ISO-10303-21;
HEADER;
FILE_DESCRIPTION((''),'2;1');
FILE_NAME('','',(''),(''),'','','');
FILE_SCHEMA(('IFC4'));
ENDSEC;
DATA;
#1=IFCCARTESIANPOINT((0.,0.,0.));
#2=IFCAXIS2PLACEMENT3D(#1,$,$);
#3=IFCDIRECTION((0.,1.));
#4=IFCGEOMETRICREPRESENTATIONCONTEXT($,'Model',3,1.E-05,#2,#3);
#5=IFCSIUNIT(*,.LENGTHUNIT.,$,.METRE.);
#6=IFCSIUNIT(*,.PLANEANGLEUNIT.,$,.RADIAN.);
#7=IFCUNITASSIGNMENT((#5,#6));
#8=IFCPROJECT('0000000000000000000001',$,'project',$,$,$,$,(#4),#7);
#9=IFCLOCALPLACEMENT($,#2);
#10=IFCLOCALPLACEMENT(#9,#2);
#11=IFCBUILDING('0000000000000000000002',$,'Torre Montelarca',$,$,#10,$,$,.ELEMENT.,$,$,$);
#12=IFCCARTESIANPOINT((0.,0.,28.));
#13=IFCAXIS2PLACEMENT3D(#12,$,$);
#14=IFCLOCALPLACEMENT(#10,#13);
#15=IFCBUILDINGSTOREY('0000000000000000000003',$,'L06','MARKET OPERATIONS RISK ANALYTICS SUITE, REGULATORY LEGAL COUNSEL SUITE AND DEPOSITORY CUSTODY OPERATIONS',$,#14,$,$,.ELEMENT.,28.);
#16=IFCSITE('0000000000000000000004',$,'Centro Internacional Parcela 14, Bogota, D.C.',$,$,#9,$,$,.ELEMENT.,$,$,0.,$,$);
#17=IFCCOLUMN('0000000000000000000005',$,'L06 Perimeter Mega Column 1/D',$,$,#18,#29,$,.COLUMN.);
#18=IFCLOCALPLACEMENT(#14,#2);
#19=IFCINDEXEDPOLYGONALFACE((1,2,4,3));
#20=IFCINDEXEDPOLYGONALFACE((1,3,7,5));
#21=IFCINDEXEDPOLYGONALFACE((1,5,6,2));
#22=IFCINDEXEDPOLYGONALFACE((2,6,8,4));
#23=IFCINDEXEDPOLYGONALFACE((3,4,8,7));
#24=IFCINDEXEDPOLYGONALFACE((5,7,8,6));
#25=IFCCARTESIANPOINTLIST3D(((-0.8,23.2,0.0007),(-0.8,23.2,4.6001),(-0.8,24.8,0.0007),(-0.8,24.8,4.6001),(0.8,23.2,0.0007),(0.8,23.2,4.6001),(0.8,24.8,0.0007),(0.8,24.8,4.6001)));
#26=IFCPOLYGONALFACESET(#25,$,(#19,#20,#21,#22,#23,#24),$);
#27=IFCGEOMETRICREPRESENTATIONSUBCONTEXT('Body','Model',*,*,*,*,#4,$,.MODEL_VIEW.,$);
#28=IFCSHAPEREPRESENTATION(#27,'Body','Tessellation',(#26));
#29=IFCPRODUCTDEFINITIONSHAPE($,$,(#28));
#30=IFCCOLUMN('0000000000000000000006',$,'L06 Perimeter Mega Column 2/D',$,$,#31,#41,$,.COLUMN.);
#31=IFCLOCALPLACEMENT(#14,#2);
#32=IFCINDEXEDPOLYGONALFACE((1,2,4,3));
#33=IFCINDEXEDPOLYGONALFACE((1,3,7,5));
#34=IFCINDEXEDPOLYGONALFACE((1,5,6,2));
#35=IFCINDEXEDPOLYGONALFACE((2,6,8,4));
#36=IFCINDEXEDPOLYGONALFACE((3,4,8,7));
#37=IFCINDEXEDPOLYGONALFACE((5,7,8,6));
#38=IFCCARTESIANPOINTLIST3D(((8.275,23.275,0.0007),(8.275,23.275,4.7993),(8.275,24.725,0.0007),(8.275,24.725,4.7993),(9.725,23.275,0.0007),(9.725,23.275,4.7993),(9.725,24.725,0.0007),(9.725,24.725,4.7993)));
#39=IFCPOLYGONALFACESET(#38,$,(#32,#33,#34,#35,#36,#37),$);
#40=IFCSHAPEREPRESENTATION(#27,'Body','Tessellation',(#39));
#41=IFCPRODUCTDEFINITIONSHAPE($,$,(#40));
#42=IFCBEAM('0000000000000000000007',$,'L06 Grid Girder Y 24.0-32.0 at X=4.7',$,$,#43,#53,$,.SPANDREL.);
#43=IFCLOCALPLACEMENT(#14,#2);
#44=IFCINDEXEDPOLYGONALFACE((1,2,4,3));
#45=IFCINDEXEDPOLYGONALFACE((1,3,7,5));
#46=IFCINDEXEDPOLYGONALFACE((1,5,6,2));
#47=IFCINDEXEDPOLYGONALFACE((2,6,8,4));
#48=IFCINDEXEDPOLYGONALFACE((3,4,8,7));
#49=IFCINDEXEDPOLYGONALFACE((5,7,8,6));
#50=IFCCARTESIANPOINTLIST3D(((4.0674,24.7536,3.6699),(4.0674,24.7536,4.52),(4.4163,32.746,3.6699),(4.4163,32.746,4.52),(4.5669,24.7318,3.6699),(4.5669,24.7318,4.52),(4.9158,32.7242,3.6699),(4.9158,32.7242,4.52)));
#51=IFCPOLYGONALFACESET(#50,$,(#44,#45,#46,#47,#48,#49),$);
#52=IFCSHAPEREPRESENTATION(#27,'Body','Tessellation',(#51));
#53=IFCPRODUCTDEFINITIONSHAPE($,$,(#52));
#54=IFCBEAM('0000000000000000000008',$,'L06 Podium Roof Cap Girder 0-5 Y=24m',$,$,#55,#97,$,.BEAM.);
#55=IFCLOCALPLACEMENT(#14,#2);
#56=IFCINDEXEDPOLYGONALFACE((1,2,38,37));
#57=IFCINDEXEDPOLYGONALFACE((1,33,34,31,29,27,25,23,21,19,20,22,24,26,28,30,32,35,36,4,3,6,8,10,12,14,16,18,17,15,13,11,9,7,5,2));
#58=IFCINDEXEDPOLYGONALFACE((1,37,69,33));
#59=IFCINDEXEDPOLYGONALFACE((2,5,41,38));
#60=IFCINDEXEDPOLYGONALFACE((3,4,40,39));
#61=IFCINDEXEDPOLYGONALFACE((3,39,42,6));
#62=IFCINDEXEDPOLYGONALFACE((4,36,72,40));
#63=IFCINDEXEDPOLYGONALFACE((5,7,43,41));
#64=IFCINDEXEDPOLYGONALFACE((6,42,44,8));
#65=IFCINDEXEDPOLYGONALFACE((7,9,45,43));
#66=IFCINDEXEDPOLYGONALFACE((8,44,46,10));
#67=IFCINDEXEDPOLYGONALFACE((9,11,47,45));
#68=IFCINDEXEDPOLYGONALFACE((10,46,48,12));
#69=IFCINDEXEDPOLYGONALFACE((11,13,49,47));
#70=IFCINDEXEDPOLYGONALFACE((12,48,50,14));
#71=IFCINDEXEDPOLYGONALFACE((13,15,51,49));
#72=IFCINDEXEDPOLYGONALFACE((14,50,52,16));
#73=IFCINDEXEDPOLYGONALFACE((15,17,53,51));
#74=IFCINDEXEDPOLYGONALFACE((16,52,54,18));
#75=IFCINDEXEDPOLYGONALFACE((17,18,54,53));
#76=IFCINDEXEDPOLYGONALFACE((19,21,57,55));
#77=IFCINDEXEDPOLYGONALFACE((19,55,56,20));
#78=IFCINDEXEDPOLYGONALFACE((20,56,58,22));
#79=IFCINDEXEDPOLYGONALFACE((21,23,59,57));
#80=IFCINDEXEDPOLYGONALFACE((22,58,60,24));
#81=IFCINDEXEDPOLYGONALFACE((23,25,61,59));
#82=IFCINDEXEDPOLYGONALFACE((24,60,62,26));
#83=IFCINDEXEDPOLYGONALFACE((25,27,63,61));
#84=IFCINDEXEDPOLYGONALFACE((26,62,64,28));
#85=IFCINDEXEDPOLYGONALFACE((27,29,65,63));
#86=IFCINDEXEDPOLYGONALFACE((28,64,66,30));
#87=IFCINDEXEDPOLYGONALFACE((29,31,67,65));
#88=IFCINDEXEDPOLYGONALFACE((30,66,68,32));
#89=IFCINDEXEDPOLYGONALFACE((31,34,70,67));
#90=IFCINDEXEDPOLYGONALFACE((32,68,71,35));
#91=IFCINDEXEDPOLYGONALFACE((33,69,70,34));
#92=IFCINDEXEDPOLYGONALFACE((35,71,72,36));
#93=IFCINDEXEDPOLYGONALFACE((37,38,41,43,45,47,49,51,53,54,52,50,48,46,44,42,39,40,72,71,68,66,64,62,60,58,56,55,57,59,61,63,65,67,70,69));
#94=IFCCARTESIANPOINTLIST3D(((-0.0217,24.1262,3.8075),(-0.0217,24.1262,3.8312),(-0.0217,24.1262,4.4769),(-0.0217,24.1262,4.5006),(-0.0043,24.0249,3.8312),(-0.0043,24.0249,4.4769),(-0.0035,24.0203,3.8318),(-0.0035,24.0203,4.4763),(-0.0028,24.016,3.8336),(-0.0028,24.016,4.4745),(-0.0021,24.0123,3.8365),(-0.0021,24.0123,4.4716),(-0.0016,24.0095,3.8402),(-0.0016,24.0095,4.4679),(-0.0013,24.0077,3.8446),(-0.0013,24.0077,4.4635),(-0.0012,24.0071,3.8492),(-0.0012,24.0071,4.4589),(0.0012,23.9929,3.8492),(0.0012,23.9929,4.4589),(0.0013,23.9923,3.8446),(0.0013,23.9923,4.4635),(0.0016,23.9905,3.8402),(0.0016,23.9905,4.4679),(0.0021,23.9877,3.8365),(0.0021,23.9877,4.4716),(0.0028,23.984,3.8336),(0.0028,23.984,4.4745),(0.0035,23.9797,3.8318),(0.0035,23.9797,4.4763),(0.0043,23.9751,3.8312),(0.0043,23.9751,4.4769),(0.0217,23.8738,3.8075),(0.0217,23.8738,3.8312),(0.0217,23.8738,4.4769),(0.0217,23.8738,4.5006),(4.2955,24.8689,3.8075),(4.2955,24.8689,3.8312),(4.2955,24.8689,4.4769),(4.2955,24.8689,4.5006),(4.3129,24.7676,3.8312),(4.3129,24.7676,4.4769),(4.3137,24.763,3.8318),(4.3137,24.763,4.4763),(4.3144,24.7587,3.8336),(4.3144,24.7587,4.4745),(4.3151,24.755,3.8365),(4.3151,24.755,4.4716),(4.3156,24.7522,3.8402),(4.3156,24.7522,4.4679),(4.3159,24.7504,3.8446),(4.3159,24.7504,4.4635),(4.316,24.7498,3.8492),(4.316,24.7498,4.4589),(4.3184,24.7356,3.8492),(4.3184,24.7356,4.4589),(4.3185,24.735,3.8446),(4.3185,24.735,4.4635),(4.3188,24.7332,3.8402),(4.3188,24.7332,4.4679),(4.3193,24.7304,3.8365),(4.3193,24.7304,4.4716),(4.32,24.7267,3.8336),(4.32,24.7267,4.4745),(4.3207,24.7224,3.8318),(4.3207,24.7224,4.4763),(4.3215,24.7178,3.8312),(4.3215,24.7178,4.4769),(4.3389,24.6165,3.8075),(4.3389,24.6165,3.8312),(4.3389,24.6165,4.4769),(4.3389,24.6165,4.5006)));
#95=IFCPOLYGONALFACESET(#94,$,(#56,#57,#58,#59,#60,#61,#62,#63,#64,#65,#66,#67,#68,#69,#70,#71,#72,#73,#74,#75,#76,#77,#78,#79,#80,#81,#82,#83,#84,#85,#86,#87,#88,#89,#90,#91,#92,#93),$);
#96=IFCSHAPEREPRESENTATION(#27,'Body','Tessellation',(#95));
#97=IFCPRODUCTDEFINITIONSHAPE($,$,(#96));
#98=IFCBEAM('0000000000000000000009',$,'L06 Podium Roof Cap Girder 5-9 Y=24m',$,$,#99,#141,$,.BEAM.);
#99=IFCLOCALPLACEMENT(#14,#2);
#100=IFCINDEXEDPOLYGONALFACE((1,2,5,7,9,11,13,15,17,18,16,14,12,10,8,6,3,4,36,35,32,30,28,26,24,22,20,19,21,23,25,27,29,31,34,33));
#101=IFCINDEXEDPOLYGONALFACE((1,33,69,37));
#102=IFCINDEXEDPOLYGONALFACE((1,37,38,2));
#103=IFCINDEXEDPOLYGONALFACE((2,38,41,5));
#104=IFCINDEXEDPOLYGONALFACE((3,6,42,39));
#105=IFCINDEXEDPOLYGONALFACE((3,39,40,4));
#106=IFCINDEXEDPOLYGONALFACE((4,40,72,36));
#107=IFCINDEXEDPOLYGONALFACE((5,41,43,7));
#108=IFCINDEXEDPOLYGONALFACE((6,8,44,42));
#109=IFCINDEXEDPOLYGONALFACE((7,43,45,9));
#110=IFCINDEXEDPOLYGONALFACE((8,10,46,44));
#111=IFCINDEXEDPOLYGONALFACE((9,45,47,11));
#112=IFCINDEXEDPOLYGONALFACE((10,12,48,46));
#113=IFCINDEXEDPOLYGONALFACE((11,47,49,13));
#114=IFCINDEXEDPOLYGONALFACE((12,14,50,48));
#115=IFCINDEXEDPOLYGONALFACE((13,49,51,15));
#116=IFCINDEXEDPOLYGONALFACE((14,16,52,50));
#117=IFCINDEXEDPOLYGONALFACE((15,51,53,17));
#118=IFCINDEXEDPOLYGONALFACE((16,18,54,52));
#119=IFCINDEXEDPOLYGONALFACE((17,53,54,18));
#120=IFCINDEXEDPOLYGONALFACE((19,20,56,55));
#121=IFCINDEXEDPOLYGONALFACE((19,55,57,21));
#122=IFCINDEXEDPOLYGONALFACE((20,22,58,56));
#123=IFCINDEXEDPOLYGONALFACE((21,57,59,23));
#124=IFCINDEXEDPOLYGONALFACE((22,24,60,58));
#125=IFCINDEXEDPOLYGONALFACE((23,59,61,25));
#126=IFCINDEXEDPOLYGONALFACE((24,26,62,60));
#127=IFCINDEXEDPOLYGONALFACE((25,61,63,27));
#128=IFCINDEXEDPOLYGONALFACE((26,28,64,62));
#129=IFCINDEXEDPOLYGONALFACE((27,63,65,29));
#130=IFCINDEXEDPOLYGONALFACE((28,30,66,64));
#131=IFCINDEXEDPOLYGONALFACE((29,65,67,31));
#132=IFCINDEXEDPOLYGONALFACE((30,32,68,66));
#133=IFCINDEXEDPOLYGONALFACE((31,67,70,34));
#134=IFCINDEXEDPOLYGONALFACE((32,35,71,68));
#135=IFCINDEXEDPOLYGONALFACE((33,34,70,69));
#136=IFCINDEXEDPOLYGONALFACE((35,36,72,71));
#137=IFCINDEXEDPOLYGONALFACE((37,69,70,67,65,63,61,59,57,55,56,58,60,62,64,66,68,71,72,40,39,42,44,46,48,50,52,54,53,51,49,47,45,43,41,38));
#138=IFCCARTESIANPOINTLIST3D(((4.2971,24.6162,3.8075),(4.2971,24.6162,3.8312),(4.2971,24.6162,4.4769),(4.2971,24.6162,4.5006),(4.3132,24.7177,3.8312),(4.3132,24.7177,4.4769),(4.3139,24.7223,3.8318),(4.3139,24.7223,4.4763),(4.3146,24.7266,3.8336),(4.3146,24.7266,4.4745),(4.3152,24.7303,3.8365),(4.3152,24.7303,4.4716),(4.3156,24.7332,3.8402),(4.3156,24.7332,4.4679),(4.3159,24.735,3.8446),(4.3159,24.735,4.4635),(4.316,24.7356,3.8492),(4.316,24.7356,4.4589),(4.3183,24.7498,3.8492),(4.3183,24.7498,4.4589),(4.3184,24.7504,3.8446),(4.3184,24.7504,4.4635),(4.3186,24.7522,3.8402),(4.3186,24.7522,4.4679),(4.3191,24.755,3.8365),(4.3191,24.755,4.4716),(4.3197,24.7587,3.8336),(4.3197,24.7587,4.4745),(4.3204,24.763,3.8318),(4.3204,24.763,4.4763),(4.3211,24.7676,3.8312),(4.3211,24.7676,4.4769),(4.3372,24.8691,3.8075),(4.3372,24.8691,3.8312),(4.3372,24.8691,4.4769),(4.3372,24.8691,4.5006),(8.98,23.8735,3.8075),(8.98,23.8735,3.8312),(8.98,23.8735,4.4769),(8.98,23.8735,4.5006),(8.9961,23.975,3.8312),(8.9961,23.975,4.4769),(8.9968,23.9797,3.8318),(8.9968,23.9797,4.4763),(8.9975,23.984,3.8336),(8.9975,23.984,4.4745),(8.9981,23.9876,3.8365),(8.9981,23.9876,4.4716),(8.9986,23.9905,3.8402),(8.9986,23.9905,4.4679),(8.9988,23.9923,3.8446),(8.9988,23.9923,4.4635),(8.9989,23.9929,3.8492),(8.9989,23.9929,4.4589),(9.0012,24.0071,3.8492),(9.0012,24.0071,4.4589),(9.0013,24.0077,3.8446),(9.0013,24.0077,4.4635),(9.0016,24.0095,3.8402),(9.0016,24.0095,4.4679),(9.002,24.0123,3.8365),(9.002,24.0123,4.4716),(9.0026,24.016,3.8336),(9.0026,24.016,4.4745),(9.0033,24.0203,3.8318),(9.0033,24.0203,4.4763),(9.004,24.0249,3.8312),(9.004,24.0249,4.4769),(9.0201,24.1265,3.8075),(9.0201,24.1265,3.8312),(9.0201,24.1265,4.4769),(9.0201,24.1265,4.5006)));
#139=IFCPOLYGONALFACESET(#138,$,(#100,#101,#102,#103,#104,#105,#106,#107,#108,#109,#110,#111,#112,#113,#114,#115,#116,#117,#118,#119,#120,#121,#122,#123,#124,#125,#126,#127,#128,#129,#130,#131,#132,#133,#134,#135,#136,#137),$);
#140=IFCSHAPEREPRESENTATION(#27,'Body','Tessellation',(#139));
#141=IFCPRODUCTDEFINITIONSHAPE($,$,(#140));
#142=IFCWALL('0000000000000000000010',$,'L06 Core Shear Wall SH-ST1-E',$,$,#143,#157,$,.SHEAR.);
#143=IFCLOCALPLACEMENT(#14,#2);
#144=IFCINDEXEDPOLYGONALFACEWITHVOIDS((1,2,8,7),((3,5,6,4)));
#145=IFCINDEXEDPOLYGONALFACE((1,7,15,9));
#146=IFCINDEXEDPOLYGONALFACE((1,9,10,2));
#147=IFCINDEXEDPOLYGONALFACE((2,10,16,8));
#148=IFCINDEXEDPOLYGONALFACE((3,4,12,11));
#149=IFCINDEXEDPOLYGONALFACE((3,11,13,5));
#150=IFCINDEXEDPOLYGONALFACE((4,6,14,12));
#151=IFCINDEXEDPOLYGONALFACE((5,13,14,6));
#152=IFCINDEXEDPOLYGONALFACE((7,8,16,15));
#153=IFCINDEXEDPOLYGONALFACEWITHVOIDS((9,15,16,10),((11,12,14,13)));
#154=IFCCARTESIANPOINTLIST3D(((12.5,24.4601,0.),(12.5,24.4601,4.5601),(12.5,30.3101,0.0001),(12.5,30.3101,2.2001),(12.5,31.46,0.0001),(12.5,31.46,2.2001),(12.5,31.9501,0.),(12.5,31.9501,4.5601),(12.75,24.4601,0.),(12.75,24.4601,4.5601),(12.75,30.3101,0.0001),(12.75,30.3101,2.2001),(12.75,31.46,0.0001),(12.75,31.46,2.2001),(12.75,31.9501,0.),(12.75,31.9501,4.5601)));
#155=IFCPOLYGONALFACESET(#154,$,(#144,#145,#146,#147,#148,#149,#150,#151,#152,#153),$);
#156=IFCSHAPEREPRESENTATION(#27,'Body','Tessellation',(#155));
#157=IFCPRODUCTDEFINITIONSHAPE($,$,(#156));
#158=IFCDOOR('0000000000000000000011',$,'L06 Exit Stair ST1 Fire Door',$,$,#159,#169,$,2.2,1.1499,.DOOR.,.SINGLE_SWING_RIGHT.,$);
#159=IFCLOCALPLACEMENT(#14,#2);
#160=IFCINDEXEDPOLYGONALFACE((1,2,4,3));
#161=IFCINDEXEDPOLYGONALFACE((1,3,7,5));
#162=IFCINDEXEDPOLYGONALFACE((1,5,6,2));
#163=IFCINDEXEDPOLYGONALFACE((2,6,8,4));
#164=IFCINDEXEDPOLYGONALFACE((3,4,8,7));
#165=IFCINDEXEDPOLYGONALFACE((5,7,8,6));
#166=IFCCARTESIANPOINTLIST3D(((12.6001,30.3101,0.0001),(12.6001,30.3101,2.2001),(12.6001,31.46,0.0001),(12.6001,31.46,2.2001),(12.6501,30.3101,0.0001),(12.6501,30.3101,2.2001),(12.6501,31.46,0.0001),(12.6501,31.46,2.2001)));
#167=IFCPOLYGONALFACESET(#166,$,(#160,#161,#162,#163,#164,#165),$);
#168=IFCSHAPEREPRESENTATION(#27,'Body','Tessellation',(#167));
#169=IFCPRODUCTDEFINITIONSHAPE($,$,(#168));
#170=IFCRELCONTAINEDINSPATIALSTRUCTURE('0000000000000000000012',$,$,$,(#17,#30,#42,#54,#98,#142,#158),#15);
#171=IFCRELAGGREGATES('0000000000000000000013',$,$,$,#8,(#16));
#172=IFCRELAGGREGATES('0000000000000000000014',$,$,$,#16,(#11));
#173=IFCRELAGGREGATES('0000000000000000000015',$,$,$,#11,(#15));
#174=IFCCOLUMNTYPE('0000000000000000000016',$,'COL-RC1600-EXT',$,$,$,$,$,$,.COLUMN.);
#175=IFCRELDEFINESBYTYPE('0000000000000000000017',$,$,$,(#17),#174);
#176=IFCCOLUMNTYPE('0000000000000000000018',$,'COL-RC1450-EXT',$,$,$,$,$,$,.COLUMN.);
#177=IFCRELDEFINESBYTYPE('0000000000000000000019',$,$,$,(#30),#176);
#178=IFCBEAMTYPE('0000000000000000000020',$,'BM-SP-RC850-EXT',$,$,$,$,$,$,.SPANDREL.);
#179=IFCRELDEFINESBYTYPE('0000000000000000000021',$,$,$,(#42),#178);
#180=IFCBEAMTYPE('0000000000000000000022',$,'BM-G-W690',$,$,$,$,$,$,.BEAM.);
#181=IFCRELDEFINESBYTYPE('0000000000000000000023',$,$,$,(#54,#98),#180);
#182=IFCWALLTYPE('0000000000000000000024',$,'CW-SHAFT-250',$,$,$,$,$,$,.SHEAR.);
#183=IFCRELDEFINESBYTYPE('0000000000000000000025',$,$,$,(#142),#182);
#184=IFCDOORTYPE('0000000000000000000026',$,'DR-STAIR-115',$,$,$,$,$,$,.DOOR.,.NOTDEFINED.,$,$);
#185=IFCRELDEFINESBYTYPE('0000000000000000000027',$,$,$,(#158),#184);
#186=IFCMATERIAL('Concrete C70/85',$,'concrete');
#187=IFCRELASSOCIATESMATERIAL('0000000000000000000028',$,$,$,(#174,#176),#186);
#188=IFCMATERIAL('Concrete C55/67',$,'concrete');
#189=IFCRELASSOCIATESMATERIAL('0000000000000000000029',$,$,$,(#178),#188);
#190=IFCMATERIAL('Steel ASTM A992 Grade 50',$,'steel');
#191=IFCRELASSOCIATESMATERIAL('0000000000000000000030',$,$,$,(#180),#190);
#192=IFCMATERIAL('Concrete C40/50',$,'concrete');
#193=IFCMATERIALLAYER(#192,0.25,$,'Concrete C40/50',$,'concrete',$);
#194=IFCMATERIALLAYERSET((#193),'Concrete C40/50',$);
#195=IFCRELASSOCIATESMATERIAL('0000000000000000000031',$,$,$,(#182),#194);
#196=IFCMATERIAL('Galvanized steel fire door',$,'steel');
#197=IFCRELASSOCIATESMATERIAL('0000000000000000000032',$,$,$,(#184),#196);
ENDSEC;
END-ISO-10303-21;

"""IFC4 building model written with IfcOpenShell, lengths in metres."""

from ifc_helpers import new_model, si_unit, direction, frame, frame_2d, origin, origin_2d, place, context, subcontext, project, spatial, rectangle, i_section, extrude, source, transform, mapped, material, layer, layer_set, material_profile, profile_set, type_object, element, fill, save


model = new_model("IFC4")

# Units and contexts
model_context = context("Model", 3, precision=1e-05, world=origin(), true_north=direction((0.0, 1.0)))
body_context = subcontext(model_context, "Body", "Model", "MODEL_VIEW")
ifc_project = project(units=[si_unit("LENGTHUNIT", "METRE"), si_unit("PLANEANGLEUNIT", "RADIAN")], contexts=[model_context])

# Site, building, storey
site_placement = place(None, origin())
site = spatial("IfcSite", under=ifc_project, at=site_placement, Name="Centro Internacional Parcela 14, Bogota, D.C.", CompositionType="ELEMENT", RefElevation=0.0)
building_placement = place(site_placement, origin())
building = spatial("IfcBuilding", under=site, at=building_placement, Name="Torre Montelarca", CompositionType="ELEMENT")
storey_placement = place(building_placement, frame((0.0, 0.0, 28.0)))
storey = spatial("IfcBuildingStorey", under=building, at=storey_placement, Name="L06", Description="MARKET OPERATIONS RISK ANALYTICS SUITE, REGULATORY LEGAL COUNSEL SUITE AND DEPOSITORY CUSTODY OPERATIONS", CompositionType="ELEMENT", Elevation=28.0)

# Columns
ifc_material_1 = material(Name="Concrete C70/85", Category="concrete")
ifc_material_profile_1 = material_profile(ifc_material_1, rectangle(XDim=1.6001, YDim=1.6001, at=origin_2d()), Name="RC1600X1600", Category="concrete")
ifc_profile_set_1 = profile_set([ifc_material_profile_1], Name="Concrete C70/85")
column_type_1 = type_object("IfcColumnType", Name="COL-RC1600-EXT", PredefinedType="COLUMN", material=ifc_profile_set_1)
shared_shape_1 = source(origin(), body_context, "Body", "SweptSolid", [
    extrude(rectangle(XDim=1.6001, YDim=1.6001, at=origin_2d()), origin(), (0.0, 0.0, 1.0), 4.5994),
])
column_1_placement = place(storey_placement, frame((0.0, 24.0, 0.0007), z_axis=(0.0, 0.0, 1.0), x_axis=(1.0, 0.0, 0.0)))
element("IfcColumn", 1, at=column_1_placement, inside=storey, type_object=column_type_1, Name="L06 Perimeter Mega Column 1/D", PredefinedType="COLUMN", context=body_context, shape_type="MappedRepresentation", body=[
    mapped(shared_shape_1, transform((0.0, 0.0, 0.0), scale=1.0)),
])
ifc_material_profile_2 = material_profile(ifc_material_1, rectangle(XDim=1.45, YDim=1.45, at=origin_2d()), Name="RC1450X1450", Category="concrete")
ifc_profile_set_2 = profile_set([ifc_material_profile_2], Name="Concrete C70/85")
column_type_2 = type_object("IfcColumnType", Name="COL-RC1450-EXT", PredefinedType="COLUMN", material=ifc_profile_set_2)
shared_shape_2 = source(origin(), body_context, "Body", "SweptSolid", [
    extrude(rectangle(XDim=1.45, YDim=1.45, at=origin_2d()), origin(), (0.0, 0.0, 1.0), 4.7986),
])
column_2_placement = place(storey_placement, frame((9.0, 24.0, 0.0007), z_axis=(0.0, 0.0, 1.0), x_axis=(1.0, 0.0, 0.0)))
element("IfcColumn", 2, at=column_2_placement, inside=storey, type_object=column_type_2, Name="L06 Perimeter Mega Column 2/D", PredefinedType="COLUMN", context=body_context, shape_type="MappedRepresentation", body=[
    mapped(shared_shape_2, transform((0.0, 0.0, 0.0), scale=1.0)),
])

# Beams
ifc_material_2 = material(Name="Concrete C55/67", Category="concrete")
ifc_material_profile_3 = material_profile(ifc_material_2, rectangle(XDim=0.5, YDim=0.8501, at=origin_2d()), Name="RCB500X850", Category="concrete")
ifc_profile_set_3 = profile_set([ifc_material_profile_3], Name="Concrete C55/67")
beam_type_1 = type_object("IfcBeamType", Name="BM-SP-RC850-EXT", PredefinedType="SPANDREL", material=ifc_profile_set_3)
shared_shape_3 = source(origin(), body_context, "Body", "SweptSolid", [
    extrude(rectangle(XDim=0.5, YDim=0.8501, at=origin_2d()), origin(), (0.0, 0.0, 1.0), 8.0),
])
beam_1_placement = place(storey_placement, frame((4.3171, 24.7427, 4.095), z_axis=(0.043609, 0.999049, 0.0), x_axis=(-0.999049, 0.043609, 0.0)))
element("IfcBeam", 3, at=beam_1_placement, inside=storey, type_object=beam_type_1, Name="L06 Grid Girder Y 24.0-32.0 at X=4.7", PredefinedType="SPANDREL", context=body_context, shape_type="MappedRepresentation", body=[
    mapped(shared_shape_3, transform((0.0, 0.0, 0.0), scale=1.0)),
])
ifc_material_3 = material(Name="Steel ASTM A992 Grade 50", Category="steel")
ifc_material_profile_4 = material_profile(ifc_material_3, i_section(OverallWidth=0.2561, OverallDepth=0.6931, WebThickness=0.0144, FlangeThickness=0.0237, FilletRadius=0.0181, at=origin_2d()), Name="W690X170", Category="steel")
ifc_profile_set_4 = profile_set([ifc_material_profile_4], Name="Steel ASTM A992 Grade 50")
beam_type_2 = type_object("IfcBeamType", Name="BM-G-W690", PredefinedType="BEAM", material=ifc_profile_set_4)
shared_shape_4 = source(origin(), body_context, "Body", "SweptSolid", [
    extrude(i_section(OverallWidth=0.2561, OverallDepth=0.6931, WebThickness=0.0144, FlangeThickness=0.0237, FilletRadius=0.0181, at=origin_2d()), origin(), (0.0, 0.0, 1.0), 4.3806),
])
beam_2_placement = place(storey_placement, frame((0.0, 24.0, 4.1541), z_axis=(0.985523, 0.169539, 0.0), x_axis=(-0.169539, 0.985523, 0.0)))
element("IfcBeam", 4, at=beam_2_placement, inside=storey, type_object=beam_type_2, Name="L06 Podium Roof Cap Girder 0-5 Y=24m", PredefinedType="BEAM", context=body_context, shape_type="MappedRepresentation", body=[
    mapped(shared_shape_4, transform((0.0, 0.0, 0.0), scale=1.0)),
])
shared_shape_5 = source(origin(), body_context, "Body", "SweptSolid", [
    extrude(i_section(OverallWidth=0.2561, OverallDepth=0.6931, WebThickness=0.0144, FlangeThickness=0.0237, FilletRadius=0.0181, at=origin_2d()), origin(), (0.0, 0.0, 1.0), 4.7415),
])
beam_3_placement = place(storey_placement, frame((4.3171, 24.7427, 4.1541), z_axis=(0.987656, -0.156637, 0.0), x_axis=(0.156637, 0.987656, 0.0)))
element("IfcBeam", 5, at=beam_3_placement, inside=storey, type_object=beam_type_2, Name="L06 Podium Roof Cap Girder 5-9 Y=24m", PredefinedType="BEAM", context=body_context, shape_type="MappedRepresentation", body=[
    mapped(shared_shape_5, transform((0.0, 0.0, 0.0), scale=1.0)),
])

# Wall, opening, door
ifc_material_4 = material(Name="Concrete C40/50", Category="concrete")
ifc_layer_1 = layer(ifc_material_4, 0.25, Name="Concrete C40/50", Category="concrete")
ifc_layer_set_1 = layer_set([ifc_layer_1], Name="Concrete C40/50")
wall_type_1 = type_object("IfcWallType", Name="CW-SHAFT-250", PredefinedType="SHEAR", material=ifc_layer_set_1)
wall_1_placement = place(storey_placement, frame((12.625, 24.46, 0.0), z_axis=(0.0, 0.0, 1.0), x_axis=(0.0, 1.0, 0.0)))
wall_1 = element("IfcWall", 6, at=wall_1_placement, inside=storey, type_object=wall_type_1, Name="L06 Core Shear Wall SH-ST1-E", PredefinedType="SHEAR", context=body_context, shape_type="SweptSolid", body=[
    extrude(rectangle(XDim=7.49, YDim=0.25, at=frame_2d((3.7451, 0.0))), origin(), (0.0, 0.0, 1.0), 4.5601),
])
opening_1_placement = place(wall_1_placement, frame((5.8501, 0.0, 0.0)))
opening_1 = element("IfcOpeningElement", 7, at=opening_1_placement, cuts=wall_1, PredefinedType="OPENING", context=body_context, shape_type="SweptSolid", body=[
    extrude(rectangle(XDim=1.1499, YDim=2.2, at=frame_2d((0.575, 1.1001))), frame((0.0, 0.135, 0.0), z_axis=(0.0, -1.0, 0.0), x_axis=(1.0, 0.0, 0.0)), (0.0, 0.0, 1.0), 0.27),
])
ifc_material_5 = material(Name="Galvanized steel fire door", Category="steel")
door_type_1 = type_object("IfcDoorType", Name="DR-STAIR-115", OperationType="NOTDEFINED", PredefinedType="DOOR", material=ifc_material_5)
shared_shape_6 = source(origin(), body_context, "Body", "SweptSolid", [
    extrude(rectangle(XDim=1.1499, YDim=2.2, at=frame_2d((0.575, 1.1001))), frame((0.0, 0.0249, 0.0), z_axis=(0.0, -1.0, 0.0), x_axis=(1.0, 0.0, 0.0)), (0.0, 0.0, 1.0), 0.05),
])
door_1_placement = place(opening_1_placement, origin())
door_1 = element("IfcDoor", 8, at=door_1_placement, inside=storey, type_object=door_type_1, Name="L06 Exit Stair ST1 Fire Door", OperationType="SINGLE_SWING_RIGHT", OverallHeight=2.2, OverallWidth=1.1499, PredefinedType="DOOR", context=body_context, shape_type="MappedRepresentation", body=[
    mapped(shared_shape_6, transform((0.0, 0.0, 0.0), scale=1.0)),
])
fill(opening_1, door_1)

save(model, "model.ifc")
